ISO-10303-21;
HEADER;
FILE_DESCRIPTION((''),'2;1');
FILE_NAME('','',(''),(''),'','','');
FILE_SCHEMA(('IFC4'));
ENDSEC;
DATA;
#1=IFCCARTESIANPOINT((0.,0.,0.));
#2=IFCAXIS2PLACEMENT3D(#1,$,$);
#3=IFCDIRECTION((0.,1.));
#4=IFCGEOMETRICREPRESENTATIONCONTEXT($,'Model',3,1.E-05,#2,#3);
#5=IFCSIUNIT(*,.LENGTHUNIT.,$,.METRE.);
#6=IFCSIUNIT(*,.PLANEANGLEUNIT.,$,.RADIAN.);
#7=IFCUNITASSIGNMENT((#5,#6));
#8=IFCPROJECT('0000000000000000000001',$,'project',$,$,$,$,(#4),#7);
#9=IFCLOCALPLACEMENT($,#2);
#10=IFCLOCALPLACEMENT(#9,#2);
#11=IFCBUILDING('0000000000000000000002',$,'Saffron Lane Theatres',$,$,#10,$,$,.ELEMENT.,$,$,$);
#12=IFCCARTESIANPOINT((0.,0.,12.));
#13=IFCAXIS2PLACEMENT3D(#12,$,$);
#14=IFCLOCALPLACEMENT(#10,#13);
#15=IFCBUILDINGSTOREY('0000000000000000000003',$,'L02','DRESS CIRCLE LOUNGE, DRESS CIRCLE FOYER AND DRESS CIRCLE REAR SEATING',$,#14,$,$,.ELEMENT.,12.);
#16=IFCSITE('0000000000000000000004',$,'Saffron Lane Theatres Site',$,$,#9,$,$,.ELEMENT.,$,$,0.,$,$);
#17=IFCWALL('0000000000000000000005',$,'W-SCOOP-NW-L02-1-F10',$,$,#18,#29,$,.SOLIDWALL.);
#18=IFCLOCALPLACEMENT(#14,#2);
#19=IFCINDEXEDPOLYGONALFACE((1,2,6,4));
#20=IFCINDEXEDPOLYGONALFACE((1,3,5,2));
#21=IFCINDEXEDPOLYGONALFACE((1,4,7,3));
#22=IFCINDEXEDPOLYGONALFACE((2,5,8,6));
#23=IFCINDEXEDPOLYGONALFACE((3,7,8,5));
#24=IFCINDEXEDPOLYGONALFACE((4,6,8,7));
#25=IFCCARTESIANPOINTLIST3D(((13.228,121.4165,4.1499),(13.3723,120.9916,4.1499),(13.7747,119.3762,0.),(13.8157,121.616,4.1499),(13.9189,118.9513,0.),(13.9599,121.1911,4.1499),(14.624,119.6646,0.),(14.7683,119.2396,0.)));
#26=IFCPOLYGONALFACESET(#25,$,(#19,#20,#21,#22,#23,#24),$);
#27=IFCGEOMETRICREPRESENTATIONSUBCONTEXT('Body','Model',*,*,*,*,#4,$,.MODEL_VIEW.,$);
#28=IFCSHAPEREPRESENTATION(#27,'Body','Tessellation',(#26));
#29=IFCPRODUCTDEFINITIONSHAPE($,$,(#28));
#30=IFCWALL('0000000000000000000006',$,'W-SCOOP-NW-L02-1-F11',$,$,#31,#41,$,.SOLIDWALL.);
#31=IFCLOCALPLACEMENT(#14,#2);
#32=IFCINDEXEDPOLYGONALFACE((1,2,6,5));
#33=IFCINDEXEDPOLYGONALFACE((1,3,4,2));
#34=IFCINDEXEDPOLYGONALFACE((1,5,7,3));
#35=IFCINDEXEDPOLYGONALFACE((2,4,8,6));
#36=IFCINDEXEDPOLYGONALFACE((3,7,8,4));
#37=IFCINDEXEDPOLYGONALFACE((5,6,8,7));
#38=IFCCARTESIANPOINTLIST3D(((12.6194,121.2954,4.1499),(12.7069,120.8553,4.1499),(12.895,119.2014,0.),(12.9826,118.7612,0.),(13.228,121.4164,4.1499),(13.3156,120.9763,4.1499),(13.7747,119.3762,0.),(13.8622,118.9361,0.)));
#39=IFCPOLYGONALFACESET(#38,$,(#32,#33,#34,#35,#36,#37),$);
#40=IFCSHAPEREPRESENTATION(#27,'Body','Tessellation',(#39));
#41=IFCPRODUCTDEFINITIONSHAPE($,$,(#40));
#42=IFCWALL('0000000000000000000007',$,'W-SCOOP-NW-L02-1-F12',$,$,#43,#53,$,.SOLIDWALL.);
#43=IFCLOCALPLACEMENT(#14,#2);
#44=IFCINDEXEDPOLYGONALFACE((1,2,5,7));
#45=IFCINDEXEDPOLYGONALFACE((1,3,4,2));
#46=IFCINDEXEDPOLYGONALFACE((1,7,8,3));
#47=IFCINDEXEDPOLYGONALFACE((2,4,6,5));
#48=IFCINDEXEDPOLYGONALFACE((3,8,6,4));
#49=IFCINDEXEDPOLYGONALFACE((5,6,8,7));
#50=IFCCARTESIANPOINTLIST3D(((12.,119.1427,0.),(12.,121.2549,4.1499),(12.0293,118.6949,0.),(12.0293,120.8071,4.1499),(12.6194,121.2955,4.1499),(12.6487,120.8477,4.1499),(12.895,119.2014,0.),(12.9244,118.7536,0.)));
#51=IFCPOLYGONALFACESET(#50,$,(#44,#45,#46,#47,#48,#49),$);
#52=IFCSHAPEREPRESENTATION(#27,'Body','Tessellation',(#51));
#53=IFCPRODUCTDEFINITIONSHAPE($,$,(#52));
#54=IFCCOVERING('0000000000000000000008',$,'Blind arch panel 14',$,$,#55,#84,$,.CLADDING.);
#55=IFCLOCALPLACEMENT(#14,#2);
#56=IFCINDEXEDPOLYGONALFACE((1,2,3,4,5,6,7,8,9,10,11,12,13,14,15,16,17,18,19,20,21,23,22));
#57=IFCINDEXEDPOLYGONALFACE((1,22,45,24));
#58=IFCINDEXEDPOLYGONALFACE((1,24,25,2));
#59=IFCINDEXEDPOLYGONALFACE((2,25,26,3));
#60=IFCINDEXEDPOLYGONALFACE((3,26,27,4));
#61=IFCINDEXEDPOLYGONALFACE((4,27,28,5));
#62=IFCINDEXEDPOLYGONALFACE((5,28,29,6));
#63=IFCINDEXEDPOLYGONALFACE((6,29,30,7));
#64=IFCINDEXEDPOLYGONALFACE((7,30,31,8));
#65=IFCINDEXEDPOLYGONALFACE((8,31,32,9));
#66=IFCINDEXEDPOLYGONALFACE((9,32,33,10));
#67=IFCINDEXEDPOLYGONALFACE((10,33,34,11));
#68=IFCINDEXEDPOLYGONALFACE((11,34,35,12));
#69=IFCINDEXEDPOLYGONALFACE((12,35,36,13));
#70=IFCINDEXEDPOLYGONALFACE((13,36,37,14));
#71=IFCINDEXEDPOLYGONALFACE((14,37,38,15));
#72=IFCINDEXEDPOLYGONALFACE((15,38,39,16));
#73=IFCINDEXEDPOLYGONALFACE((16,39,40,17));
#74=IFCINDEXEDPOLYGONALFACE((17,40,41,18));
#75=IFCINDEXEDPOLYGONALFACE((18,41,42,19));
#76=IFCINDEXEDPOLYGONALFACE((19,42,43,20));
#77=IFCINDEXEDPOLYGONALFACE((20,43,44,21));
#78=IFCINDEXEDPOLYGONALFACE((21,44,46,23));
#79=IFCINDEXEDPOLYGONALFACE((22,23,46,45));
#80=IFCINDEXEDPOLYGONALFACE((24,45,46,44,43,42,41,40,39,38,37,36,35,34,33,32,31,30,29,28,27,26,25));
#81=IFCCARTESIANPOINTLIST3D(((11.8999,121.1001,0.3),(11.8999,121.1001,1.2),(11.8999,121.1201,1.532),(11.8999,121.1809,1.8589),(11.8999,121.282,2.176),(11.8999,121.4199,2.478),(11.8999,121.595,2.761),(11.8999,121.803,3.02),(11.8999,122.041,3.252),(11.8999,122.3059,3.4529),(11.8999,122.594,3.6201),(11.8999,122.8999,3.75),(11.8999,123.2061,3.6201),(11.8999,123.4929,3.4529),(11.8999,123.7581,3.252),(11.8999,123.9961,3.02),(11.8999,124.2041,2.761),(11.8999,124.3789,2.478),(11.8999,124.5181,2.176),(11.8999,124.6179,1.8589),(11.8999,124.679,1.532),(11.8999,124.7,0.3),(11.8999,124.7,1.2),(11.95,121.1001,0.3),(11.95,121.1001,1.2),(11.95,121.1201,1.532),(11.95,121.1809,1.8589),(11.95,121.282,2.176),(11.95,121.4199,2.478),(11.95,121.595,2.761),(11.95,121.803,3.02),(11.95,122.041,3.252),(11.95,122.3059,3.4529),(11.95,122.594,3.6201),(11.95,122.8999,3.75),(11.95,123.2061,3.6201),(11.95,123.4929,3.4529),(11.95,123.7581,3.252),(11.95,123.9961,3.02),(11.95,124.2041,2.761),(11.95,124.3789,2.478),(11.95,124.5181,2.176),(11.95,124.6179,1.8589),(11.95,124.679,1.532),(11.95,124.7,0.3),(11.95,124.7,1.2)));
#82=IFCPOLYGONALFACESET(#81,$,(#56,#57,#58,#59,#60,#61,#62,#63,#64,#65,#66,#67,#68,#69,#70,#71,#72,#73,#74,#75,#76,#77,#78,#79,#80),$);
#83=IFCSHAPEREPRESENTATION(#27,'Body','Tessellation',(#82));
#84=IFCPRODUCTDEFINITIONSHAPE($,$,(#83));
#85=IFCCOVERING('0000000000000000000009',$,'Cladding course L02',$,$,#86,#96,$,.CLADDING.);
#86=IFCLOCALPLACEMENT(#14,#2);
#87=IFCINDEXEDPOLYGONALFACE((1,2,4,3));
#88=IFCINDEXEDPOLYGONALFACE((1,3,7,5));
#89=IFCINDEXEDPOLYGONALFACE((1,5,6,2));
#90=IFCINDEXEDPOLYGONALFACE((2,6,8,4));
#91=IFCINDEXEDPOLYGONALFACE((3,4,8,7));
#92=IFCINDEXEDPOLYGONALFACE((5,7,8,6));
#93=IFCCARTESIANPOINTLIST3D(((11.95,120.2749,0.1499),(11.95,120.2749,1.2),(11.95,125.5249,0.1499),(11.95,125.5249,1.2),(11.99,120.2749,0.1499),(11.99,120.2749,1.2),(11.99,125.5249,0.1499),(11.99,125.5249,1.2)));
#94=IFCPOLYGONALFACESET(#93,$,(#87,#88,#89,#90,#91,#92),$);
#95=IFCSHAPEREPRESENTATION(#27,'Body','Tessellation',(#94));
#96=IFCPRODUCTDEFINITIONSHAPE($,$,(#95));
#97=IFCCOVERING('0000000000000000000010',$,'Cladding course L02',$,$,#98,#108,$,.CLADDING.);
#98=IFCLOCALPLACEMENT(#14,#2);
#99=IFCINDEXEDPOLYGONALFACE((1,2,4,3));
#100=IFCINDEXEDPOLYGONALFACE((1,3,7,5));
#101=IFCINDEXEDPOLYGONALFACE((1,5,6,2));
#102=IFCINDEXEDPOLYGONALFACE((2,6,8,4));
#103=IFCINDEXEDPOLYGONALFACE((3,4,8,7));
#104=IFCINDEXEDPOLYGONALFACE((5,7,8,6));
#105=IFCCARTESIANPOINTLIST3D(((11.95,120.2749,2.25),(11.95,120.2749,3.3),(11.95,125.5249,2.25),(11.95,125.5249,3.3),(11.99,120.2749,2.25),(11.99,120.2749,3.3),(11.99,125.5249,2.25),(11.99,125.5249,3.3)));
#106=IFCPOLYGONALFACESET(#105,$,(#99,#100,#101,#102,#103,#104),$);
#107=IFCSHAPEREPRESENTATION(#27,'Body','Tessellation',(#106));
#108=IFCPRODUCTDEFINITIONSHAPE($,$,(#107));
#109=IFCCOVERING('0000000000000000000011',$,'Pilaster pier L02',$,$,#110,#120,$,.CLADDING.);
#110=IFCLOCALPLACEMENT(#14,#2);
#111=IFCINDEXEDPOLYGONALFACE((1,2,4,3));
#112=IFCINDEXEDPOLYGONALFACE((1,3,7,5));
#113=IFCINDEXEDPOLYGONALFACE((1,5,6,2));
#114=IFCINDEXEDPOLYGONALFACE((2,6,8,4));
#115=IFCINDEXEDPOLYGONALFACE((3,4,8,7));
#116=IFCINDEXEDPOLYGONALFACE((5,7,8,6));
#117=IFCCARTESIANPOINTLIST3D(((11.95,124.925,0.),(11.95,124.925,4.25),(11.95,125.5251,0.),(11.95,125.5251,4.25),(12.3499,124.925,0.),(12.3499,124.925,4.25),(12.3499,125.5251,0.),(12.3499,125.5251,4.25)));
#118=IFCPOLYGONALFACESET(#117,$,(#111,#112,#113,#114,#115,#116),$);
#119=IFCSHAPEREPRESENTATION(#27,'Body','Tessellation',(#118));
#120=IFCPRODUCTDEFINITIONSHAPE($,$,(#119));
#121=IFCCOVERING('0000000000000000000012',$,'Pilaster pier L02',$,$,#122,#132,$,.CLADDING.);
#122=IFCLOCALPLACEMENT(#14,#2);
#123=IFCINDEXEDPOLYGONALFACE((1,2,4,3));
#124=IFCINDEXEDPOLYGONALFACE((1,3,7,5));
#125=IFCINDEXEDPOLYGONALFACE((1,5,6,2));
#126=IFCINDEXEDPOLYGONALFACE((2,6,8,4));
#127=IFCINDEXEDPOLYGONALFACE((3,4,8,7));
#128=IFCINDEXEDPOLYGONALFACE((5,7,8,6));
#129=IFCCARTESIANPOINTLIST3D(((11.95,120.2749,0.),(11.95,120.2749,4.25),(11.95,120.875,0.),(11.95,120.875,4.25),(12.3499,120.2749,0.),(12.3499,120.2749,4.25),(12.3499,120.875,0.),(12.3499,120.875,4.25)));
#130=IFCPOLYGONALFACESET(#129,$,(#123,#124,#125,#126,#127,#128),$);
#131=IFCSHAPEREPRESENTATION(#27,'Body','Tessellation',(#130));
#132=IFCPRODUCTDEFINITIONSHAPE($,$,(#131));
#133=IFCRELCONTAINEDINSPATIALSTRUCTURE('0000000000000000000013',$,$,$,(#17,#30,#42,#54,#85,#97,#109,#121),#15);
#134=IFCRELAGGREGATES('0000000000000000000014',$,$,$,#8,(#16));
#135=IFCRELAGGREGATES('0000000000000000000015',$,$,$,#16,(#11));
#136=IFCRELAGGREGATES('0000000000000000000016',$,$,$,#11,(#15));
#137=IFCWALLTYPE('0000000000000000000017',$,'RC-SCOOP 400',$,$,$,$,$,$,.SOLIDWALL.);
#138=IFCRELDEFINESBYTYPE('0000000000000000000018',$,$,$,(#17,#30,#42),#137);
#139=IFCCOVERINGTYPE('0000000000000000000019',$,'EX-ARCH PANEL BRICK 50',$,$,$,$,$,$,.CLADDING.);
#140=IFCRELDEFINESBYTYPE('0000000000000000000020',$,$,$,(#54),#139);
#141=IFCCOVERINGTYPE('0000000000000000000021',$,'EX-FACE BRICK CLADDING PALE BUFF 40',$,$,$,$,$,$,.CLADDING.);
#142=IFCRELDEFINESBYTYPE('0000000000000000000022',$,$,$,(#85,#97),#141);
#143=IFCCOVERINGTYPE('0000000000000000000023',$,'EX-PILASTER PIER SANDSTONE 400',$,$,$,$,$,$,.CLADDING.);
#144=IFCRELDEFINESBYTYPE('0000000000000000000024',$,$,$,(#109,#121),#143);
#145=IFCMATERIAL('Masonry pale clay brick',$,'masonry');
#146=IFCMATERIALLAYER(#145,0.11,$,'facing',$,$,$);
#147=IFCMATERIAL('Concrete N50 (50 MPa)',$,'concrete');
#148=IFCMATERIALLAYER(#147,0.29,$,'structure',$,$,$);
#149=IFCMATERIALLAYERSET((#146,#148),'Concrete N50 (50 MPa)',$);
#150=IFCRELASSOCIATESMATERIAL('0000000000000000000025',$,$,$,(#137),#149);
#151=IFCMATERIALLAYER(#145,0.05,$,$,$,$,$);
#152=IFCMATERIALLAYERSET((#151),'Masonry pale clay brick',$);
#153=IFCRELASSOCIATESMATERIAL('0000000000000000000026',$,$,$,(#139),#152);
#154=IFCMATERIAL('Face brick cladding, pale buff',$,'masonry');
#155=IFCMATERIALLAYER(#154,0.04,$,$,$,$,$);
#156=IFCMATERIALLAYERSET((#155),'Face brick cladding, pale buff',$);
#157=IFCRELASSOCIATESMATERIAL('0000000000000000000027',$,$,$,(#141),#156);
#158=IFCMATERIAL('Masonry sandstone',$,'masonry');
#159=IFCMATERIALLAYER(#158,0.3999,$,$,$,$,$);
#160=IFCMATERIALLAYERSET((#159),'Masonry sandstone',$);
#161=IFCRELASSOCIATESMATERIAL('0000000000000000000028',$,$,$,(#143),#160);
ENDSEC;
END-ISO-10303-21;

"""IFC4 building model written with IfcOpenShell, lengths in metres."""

from ifc_helpers import new_model, si_unit, direction, frame, origin, origin_2d, place, context, subcontext, project, spatial, polyline, rectangle, outline, extrude, material, layer, layer_set, type_object, element, save


model = new_model("IFC4")

# Units and contexts
model_context = context("Model", 3, precision=1e-05, world=origin(), true_north=direction((0.0, 1.0)))
body_context = subcontext(model_context, "Body", "Model", "MODEL_VIEW")
ifc_project = project(units=[si_unit("LENGTHUNIT", "METRE"), si_unit("PLANEANGLEUNIT", "RADIAN")], contexts=[model_context])

# Site, building, storey
site_placement = place(None, origin())
site = spatial("IfcSite", under=ifc_project, at=site_placement, Name="Saffron Lane Theatres Site", CompositionType="ELEMENT", RefElevation=0.0)
building_placement = place(site_placement, origin())
building = spatial("IfcBuilding", under=site, at=building_placement, Name="Saffron Lane Theatres", CompositionType="ELEMENT")
storey_placement = place(building_placement, frame((0.0, 0.0, 12.0)))
storey = spatial("IfcBuildingStorey", under=building, at=storey_placement, Name="L02", Description="DRESS CIRCLE LOUNGE, DRESS CIRCLE FOYER AND DRESS CIRCLE REAR SEATING", CompositionType="ELEMENT", Elevation=12.0)

# Shared definitions
ifc_material_1 = material(Name="Masonry pale clay brick", Category="masonry")

# Walls
ifc_layer_1 = layer(ifc_material_1, 0.11, Name="facing")
ifc_material_2 = material(Name="Concrete N50 (50 MPa)", Category="concrete")
ifc_layer_2 = layer(ifc_material_2, 0.29, Name="structure")
ifc_layer_set_1 = layer_set([ifc_layer_1, ifc_layer_2], Name="Concrete N50 (50 MPa)")
wall_type_1 = type_object("IfcWallType", Name="RC-SCOOP 400", PredefinedType="SOLIDWALL", material=ifc_layer_set_1)
wall_1_placement = place(storey_placement, frame((14.624, 119.6646, 0.0), z_axis=(0.28659, -0.844279, 0.452834), x_axis=(-0.946931, -0.321438, -0.000006)))
element("IfcWall", 1, at=wall_1_placement, inside=storey, type_object=wall_type_1, Name="W-SCOOP-NW-L02-1-F10", PredefinedType="SOLIDWALL", context=body_context, shape_type="SweptSolid", body=[
    extrude(outline(polyline([(0.0, 0.0), (0.897, 0.0), (0.7587, -4.6545), (0.1382, -4.6545), (0.0, 0.0)])), origin(), (-0.000001, 0.452834, 0.891595), 0.4487),
])
wall_2_placement = place(storey_placement, frame((13.7747, 119.3762, 0.0), z_axis=(0.173864, -0.874485, 0.452821), x_axis=(-0.980806, -0.194984, 0.000037)))
element("IfcWall", 2, at=wall_2_placement, inside=storey, type_object=wall_type_1, Name="W-SCOOP-NW-L02-1-F11", PredefinedType="SOLIDWALL", context=body_context, shape_type="SweptSolid", body=[
    extrude(outline(polyline([(0.0, 0.0), (0.8968, 0.0), (0.759, -4.6544), (0.1385, -4.6545), (0.0, 0.0)])), origin(), (-0.000109, 0.452821, 0.891601), 0.4487),
])
wall_3_placement = place(storey_placement, frame((12.895, 119.2014, 0.0), z_axis=(0.058375, -0.889685, 0.452827), x_axis=(-0.997853, -0.065498, -0.000051)))
element("IfcWall", 3, at=wall_3_placement, inside=storey, type_object=wall_type_1, Name="W-SCOOP-NW-L02-1-F12", PredefinedType="SOLIDWALL", context=body_context, shape_type="SweptSolid", body=[
    extrude(outline(polyline([(0.0, 0.0), (0.897, 0.0), (0.7584, -4.6545), (0.1377, -4.6544), (0.0, 0.0)])), origin(), (0.000095, 0.452827, 0.891599), 0.4487),
])

# Coverings
ifc_layer_3 = layer(ifc_material_1, 0.05)
ifc_layer_set_2 = layer_set([ifc_layer_3], Name="Masonry pale clay brick")
covering_type_1 = type_object("IfcCoveringType", Name="EX-ARCH PANEL BRICK 50", PredefinedType="CLADDING", material=ifc_layer_set_2)
covering_1_placement = place(storey_placement, frame((11.8999, 124.7, 1.2), z_axis=(-1.0, 0.0, 0.0), x_axis=(0.0, 0.0, -1.0)))
element("IfcCovering", 4, at=covering_1_placement, inside=storey, type_object=covering_type_1, Name="Blind arch panel 14", PredefinedType="CLADDING", context=body_context, shape_type="SweptSolid", body=[
    extrude(outline(polyline([(0.0, 0.0), (0.8999, 0.0), (0.8999, 3.5999), (0.0, 3.5999), (-0.332, 3.5798), (-0.6589, 3.519), (-0.9761, 3.418), (-1.2781, 3.28), (-1.561, 3.105), (-1.8201, 2.897), (-2.052, 2.6589), (-2.2529, 2.394), (-2.4202, 2.106), (-2.55, 1.8), (-2.4202, 1.4939), (-2.2529, 1.207), (-2.052, 0.9419), (-1.8201, 0.7039), (-1.561, 0.4958), (-1.2781, 0.321), (-0.9761, 0.1819), (-0.6589, 0.082), (-0.332, 0.021), (0.0, 0.0)])), origin(), (0.0, 0.0, -1.0), 0.05),
])
ifc_material_3 = material(Name="Face brick cladding, pale buff", Category="masonry")
ifc_layer_4 = layer(ifc_material_3, 0.04)
ifc_layer_set_3 = layer_set([ifc_layer_4], Name="Face brick cladding, pale buff")
covering_type_2 = type_object("IfcCoveringType", Name="EX-FACE BRICK CLADDING PALE BUFF 40", PredefinedType="CLADDING", material=ifc_layer_set_3)
for number, where, z_axis, x_axis, name in (
    (5, (11.97, 122.8999, 0.1499), (0.0, 0.0, 1.0), (0.0, -1.0, 0.0), "Cladding course L02"),
    (6, (11.97, 122.8999, 2.25), (0.0, 0.0, 1.0), (0.0, -1.0, 0.0), "Cladding course L02"),
):
    element("IfcCovering", number, at=place(storey_placement, frame(where, z_axis=z_axis, x_axis=x_axis)), inside=storey, type_object=covering_type_2, Name=name, PredefinedType="CLADDING", context=body_context, shape_type="SweptSolid", body=[
        extrude(rectangle(XDim=5.25, YDim=0.04, at=origin_2d()), origin(), (0.0, 0.0, 1.0), 1.05),
    ])
ifc_material_4 = material(Name="Masonry sandstone", Category="masonry")
ifc_layer_5 = layer(ifc_material_4, 0.3999)
ifc_layer_set_4 = layer_set([ifc_layer_5], Name="Masonry sandstone")
covering_type_3 = type_object("IfcCoveringType", Name="EX-PILASTER PIER SANDSTONE 400", PredefinedType="CLADDING", material=ifc_layer_set_4)
for number, where, z_axis, x_axis, name in (
    (7, (12.1499, 125.2251, 0.0), (0.0, 0.0, 1.0), (0.0, -1.0, 0.0), "Pilaster pier L02"),
    (8, (12.1499, 120.575, 0.0), (0.0, 0.0, 1.0), (0.0, -1.0, 0.0), "Pilaster pier L02"),
):
    element("IfcCovering", number, at=place(storey_placement, frame(where, z_axis=z_axis, x_axis=x_axis)), inside=storey, type_object=covering_type_3, Name=name, PredefinedType="CLADDING", context=body_context, shape_type="SweptSolid", body=[
        extrude(rectangle(XDim=0.6001, YDim=0.3999, at=origin_2d()), origin(), (0.0, 0.0, 1.0), 4.25),
    ])

save(model, "model.ifc")
